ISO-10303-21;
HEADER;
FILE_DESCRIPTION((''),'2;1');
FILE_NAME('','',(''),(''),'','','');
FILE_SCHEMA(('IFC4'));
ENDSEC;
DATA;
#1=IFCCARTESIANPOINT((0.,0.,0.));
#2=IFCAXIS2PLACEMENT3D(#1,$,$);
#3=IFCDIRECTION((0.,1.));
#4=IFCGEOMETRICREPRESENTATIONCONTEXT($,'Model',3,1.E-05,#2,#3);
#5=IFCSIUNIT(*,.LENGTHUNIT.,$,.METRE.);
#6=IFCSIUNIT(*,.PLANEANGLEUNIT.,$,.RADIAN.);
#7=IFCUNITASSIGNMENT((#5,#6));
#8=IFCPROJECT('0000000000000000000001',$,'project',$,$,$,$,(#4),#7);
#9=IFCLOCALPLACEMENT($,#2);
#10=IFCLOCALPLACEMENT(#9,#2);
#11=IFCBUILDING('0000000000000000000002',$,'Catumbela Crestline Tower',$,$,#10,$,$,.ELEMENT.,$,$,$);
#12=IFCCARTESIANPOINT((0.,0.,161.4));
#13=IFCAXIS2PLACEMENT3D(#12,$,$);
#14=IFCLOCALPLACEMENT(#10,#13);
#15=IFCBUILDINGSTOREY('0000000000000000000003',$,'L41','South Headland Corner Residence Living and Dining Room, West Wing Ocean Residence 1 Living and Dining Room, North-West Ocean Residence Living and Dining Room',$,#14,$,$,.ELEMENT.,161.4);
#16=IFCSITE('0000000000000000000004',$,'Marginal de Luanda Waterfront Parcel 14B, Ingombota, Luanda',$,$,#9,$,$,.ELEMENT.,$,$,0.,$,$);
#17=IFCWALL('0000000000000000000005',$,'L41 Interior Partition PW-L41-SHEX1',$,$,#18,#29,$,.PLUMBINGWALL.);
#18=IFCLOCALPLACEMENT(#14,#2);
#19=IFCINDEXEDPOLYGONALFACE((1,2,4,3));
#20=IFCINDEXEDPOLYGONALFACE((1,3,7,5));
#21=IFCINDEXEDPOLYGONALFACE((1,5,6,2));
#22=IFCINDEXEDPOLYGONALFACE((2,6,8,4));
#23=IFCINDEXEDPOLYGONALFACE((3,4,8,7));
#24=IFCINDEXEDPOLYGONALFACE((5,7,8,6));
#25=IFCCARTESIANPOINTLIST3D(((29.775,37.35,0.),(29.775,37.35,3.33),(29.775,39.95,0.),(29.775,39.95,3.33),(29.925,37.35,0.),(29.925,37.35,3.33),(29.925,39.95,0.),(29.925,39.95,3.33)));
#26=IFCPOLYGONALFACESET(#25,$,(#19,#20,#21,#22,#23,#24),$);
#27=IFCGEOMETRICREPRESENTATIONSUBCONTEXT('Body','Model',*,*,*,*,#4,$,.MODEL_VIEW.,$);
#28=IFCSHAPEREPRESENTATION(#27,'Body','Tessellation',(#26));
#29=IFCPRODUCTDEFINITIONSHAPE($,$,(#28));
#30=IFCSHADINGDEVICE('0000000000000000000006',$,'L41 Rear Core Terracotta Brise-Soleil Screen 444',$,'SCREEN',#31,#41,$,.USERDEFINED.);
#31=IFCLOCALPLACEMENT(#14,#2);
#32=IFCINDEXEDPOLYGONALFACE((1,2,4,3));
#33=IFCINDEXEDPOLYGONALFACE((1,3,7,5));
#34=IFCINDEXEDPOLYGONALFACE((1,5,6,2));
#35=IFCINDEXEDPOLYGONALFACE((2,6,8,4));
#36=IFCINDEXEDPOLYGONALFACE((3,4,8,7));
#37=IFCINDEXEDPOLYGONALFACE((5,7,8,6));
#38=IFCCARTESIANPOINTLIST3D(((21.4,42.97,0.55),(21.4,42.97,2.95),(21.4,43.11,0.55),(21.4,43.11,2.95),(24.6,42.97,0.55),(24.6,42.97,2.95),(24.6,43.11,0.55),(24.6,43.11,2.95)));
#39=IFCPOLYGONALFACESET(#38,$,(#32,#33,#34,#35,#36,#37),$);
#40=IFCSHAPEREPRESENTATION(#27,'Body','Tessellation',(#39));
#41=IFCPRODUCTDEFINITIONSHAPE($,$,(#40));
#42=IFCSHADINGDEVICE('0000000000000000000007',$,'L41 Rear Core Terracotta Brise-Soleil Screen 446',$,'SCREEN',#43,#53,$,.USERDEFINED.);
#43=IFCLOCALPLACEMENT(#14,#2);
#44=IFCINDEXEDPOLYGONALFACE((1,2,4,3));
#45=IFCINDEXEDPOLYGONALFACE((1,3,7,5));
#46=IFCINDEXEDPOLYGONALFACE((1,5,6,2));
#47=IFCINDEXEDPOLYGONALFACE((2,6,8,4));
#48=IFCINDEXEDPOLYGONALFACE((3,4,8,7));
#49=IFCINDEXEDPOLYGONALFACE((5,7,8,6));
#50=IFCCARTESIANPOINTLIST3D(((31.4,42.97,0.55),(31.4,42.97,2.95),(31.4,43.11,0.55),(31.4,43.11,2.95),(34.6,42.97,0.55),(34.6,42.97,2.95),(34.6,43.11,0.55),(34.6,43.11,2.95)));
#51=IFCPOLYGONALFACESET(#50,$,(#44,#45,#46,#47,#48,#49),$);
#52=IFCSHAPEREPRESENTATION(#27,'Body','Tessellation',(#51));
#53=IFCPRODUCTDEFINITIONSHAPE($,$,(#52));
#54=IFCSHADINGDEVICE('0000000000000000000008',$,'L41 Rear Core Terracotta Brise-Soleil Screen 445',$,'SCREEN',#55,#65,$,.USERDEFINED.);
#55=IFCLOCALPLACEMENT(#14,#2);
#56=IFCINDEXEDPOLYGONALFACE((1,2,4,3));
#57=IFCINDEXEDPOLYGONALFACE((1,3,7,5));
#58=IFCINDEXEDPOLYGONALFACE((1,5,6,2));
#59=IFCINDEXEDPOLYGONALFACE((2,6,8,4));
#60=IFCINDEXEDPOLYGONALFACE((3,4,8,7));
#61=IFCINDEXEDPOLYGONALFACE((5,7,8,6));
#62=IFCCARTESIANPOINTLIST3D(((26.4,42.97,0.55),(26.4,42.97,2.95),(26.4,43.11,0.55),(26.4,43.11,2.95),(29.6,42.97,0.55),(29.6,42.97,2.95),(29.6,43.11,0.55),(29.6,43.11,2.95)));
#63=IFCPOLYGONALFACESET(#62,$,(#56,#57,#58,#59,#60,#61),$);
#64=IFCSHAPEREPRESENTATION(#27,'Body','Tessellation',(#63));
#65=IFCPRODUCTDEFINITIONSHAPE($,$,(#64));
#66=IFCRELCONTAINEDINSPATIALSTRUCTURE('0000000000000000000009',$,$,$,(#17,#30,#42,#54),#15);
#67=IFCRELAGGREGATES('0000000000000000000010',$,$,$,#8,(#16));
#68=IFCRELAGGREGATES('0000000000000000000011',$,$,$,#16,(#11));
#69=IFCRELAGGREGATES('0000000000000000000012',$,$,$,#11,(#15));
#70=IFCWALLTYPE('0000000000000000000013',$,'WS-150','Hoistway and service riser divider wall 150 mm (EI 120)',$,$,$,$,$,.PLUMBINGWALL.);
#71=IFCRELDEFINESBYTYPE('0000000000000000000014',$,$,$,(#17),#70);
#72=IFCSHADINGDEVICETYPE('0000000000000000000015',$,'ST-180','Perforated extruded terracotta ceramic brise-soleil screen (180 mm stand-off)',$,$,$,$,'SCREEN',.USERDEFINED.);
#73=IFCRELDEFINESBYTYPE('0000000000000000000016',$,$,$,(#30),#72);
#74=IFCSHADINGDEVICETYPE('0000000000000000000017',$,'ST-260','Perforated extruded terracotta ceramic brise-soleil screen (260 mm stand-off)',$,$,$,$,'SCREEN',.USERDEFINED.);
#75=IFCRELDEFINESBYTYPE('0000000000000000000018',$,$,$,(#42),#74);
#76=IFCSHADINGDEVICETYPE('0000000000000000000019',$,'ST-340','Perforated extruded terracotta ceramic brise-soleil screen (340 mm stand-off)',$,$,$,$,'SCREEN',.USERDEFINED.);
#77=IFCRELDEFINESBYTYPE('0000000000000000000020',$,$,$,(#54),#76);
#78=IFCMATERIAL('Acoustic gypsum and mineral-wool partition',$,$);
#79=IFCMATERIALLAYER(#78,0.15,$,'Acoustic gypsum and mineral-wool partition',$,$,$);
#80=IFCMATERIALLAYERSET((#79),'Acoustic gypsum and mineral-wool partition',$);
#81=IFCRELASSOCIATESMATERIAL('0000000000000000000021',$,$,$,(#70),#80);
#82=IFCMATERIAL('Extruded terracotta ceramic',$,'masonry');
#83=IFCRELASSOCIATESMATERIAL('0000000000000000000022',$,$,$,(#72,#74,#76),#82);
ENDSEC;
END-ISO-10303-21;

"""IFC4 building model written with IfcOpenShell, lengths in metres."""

from ifc_helpers import new_model, si_unit, direction, frame, frame_2d, origin, origin_2d, place, context, subcontext, project, spatial, rectangle, extrude, material, layer, layer_set, type_object, element, save


model = new_model("IFC4")

# Units and contexts
model_context = context("Model", 3, precision=1e-05, world=origin(), true_north=direction((0.0, 1.0)))
body_context = subcontext(model_context, "Body", "Model", "MODEL_VIEW")
ifc_project = project(units=[si_unit("LENGTHUNIT", "METRE"), si_unit("PLANEANGLEUNIT", "RADIAN")], contexts=[model_context])

# Site, building, storey
site_placement = place(None, origin())
site = spatial("IfcSite", under=ifc_project, at=site_placement, Name="Marginal de Luanda Waterfront Parcel 14B, Ingombota, Luanda", CompositionType="ELEMENT", RefElevation=0.0)
building_placement = place(site_placement, origin())
building = spatial("IfcBuilding", under=site, at=building_placement, Name="Catumbela Crestline Tower", CompositionType="ELEMENT")
storey_placement = place(building_placement, frame((0.0, 0.0, 161.4)))
storey = spatial("IfcBuildingStorey", under=building, at=storey_placement, Name="L41", Description="South Headland Corner Residence Living and Dining Room, West Wing Ocean Residence 1 Living and Dining Room, North-West Ocean Residence Living and Dining Room", CompositionType="ELEMENT", Elevation=161.4)

# Shared definitions
ifc_material_1 = material(Name="Acoustic gypsum and mineral-wool partition")

# Wall
ifc_layer_1 = layer(ifc_material_1, 0.15, Name="Acoustic gypsum and mineral-wool partition")
ifc_layer_set_1 = layer_set([ifc_layer_1], Name="Acoustic gypsum and mineral-wool partition")
wall_type_1 = type_object("IfcWallType", Name="WS-150", Description="Hoistway and service riser divider wall 150 mm (EI 120)", PredefinedType="PLUMBINGWALL", material=ifc_layer_set_1)
wall_1_placement = place(storey_placement, frame((29.85, 37.35, 0.0), z_axis=(0.0, 0.0, 1.0), x_axis=(0.0, 1.0, 0.0)))
element("IfcWall", 1, at=wall_1_placement, inside=storey, type_object=wall_type_1, Name="L41 Interior Partition PW-L41-SHEX1", PredefinedType="PLUMBINGWALL", context=body_context, shape_type="SweptSolid", body=[
    extrude(rectangle(XDim=2.6, YDim=0.15, at=frame_2d((1.3, 0.0))), origin(), (0.0, 0.0, 1.0), 3.33),
])

# Shading devices
ifc_material_2 = material(Name="Extruded terracotta ceramic", Category="masonry")
shading_device_type_1 = type_object("IfcShadingDeviceType", Name="ST-180", Description="Perforated extruded terracotta ceramic brise-soleil screen (180 mm stand-off)", ElementType="SCREEN", PredefinedType="USERDEFINED", material=ifc_material_2)
shading_device_1_placement = place(storey_placement, frame((23.0, 43.04, 0.55), z_axis=(0.0, 0.0, 1.0), x_axis=(1.0, 0.0, 0.0)))
element("IfcShadingDevice", 2, at=shading_device_1_placement, inside=storey, type_object=shading_device_type_1, Name="L41 Rear Core Terracotta Brise-Soleil Screen 444", ObjectType="SCREEN", PredefinedType="USERDEFINED", context=body_context, shape_type="SweptSolid", body=[
    extrude(rectangle(XDim=3.2, YDim=0.14, at=origin_2d()), origin(), (0.0, 0.0, 1.0), 2.4),
])
shading_device_type_2 = type_object("IfcShadingDeviceType", Name="ST-260", Description="Perforated extruded terracotta ceramic brise-soleil screen (260 mm stand-off)", ElementType="SCREEN", PredefinedType="USERDEFINED", material=ifc_material_2)
shading_device_2_placement = place(storey_placement, frame((33.0, 43.04, 0.55), z_axis=(0.0, 0.0, 1.0), x_axis=(1.0, 0.0, 0.0)))
element("IfcShadingDevice", 3, at=shading_device_2_placement, inside=storey, type_object=shading_device_type_2, Name="L41 Rear Core Terracotta Brise-Soleil Screen 446", ObjectType="SCREEN", PredefinedType="USERDEFINED", context=body_context, shape_type="SweptSolid", body=[
    extrude(rectangle(XDim=3.2, YDim=0.14, at=origin_2d()), origin(), (0.0, 0.0, 1.0), 2.4),
])
shading_device_type_3 = type_object("IfcShadingDeviceType", Name="ST-340", Description="Perforated extruded terracotta ceramic brise-soleil screen (340 mm stand-off)", ElementType="SCREEN", PredefinedType="USERDEFINED", material=ifc_material_2)
shading_device_3_placement = place(storey_placement, frame((28.0, 43.04, 0.55), z_axis=(0.0, 0.0, 1.0), x_axis=(1.0, 0.0, 0.0)))
element("IfcShadingDevice", 4, at=shading_device_3_placement, inside=storey, type_object=shading_device_type_3, Name="L41 Rear Core Terracotta Brise-Soleil Screen 445", ObjectType="SCREEN", PredefinedType="USERDEFINED", context=body_context, shape_type="SweptSolid", body=[
    extrude(rectangle(XDim=3.2, YDim=0.14, at=origin_2d()), origin(), (0.0, 0.0, 1.0), 2.4),
])

save(model, "model.ifc")
